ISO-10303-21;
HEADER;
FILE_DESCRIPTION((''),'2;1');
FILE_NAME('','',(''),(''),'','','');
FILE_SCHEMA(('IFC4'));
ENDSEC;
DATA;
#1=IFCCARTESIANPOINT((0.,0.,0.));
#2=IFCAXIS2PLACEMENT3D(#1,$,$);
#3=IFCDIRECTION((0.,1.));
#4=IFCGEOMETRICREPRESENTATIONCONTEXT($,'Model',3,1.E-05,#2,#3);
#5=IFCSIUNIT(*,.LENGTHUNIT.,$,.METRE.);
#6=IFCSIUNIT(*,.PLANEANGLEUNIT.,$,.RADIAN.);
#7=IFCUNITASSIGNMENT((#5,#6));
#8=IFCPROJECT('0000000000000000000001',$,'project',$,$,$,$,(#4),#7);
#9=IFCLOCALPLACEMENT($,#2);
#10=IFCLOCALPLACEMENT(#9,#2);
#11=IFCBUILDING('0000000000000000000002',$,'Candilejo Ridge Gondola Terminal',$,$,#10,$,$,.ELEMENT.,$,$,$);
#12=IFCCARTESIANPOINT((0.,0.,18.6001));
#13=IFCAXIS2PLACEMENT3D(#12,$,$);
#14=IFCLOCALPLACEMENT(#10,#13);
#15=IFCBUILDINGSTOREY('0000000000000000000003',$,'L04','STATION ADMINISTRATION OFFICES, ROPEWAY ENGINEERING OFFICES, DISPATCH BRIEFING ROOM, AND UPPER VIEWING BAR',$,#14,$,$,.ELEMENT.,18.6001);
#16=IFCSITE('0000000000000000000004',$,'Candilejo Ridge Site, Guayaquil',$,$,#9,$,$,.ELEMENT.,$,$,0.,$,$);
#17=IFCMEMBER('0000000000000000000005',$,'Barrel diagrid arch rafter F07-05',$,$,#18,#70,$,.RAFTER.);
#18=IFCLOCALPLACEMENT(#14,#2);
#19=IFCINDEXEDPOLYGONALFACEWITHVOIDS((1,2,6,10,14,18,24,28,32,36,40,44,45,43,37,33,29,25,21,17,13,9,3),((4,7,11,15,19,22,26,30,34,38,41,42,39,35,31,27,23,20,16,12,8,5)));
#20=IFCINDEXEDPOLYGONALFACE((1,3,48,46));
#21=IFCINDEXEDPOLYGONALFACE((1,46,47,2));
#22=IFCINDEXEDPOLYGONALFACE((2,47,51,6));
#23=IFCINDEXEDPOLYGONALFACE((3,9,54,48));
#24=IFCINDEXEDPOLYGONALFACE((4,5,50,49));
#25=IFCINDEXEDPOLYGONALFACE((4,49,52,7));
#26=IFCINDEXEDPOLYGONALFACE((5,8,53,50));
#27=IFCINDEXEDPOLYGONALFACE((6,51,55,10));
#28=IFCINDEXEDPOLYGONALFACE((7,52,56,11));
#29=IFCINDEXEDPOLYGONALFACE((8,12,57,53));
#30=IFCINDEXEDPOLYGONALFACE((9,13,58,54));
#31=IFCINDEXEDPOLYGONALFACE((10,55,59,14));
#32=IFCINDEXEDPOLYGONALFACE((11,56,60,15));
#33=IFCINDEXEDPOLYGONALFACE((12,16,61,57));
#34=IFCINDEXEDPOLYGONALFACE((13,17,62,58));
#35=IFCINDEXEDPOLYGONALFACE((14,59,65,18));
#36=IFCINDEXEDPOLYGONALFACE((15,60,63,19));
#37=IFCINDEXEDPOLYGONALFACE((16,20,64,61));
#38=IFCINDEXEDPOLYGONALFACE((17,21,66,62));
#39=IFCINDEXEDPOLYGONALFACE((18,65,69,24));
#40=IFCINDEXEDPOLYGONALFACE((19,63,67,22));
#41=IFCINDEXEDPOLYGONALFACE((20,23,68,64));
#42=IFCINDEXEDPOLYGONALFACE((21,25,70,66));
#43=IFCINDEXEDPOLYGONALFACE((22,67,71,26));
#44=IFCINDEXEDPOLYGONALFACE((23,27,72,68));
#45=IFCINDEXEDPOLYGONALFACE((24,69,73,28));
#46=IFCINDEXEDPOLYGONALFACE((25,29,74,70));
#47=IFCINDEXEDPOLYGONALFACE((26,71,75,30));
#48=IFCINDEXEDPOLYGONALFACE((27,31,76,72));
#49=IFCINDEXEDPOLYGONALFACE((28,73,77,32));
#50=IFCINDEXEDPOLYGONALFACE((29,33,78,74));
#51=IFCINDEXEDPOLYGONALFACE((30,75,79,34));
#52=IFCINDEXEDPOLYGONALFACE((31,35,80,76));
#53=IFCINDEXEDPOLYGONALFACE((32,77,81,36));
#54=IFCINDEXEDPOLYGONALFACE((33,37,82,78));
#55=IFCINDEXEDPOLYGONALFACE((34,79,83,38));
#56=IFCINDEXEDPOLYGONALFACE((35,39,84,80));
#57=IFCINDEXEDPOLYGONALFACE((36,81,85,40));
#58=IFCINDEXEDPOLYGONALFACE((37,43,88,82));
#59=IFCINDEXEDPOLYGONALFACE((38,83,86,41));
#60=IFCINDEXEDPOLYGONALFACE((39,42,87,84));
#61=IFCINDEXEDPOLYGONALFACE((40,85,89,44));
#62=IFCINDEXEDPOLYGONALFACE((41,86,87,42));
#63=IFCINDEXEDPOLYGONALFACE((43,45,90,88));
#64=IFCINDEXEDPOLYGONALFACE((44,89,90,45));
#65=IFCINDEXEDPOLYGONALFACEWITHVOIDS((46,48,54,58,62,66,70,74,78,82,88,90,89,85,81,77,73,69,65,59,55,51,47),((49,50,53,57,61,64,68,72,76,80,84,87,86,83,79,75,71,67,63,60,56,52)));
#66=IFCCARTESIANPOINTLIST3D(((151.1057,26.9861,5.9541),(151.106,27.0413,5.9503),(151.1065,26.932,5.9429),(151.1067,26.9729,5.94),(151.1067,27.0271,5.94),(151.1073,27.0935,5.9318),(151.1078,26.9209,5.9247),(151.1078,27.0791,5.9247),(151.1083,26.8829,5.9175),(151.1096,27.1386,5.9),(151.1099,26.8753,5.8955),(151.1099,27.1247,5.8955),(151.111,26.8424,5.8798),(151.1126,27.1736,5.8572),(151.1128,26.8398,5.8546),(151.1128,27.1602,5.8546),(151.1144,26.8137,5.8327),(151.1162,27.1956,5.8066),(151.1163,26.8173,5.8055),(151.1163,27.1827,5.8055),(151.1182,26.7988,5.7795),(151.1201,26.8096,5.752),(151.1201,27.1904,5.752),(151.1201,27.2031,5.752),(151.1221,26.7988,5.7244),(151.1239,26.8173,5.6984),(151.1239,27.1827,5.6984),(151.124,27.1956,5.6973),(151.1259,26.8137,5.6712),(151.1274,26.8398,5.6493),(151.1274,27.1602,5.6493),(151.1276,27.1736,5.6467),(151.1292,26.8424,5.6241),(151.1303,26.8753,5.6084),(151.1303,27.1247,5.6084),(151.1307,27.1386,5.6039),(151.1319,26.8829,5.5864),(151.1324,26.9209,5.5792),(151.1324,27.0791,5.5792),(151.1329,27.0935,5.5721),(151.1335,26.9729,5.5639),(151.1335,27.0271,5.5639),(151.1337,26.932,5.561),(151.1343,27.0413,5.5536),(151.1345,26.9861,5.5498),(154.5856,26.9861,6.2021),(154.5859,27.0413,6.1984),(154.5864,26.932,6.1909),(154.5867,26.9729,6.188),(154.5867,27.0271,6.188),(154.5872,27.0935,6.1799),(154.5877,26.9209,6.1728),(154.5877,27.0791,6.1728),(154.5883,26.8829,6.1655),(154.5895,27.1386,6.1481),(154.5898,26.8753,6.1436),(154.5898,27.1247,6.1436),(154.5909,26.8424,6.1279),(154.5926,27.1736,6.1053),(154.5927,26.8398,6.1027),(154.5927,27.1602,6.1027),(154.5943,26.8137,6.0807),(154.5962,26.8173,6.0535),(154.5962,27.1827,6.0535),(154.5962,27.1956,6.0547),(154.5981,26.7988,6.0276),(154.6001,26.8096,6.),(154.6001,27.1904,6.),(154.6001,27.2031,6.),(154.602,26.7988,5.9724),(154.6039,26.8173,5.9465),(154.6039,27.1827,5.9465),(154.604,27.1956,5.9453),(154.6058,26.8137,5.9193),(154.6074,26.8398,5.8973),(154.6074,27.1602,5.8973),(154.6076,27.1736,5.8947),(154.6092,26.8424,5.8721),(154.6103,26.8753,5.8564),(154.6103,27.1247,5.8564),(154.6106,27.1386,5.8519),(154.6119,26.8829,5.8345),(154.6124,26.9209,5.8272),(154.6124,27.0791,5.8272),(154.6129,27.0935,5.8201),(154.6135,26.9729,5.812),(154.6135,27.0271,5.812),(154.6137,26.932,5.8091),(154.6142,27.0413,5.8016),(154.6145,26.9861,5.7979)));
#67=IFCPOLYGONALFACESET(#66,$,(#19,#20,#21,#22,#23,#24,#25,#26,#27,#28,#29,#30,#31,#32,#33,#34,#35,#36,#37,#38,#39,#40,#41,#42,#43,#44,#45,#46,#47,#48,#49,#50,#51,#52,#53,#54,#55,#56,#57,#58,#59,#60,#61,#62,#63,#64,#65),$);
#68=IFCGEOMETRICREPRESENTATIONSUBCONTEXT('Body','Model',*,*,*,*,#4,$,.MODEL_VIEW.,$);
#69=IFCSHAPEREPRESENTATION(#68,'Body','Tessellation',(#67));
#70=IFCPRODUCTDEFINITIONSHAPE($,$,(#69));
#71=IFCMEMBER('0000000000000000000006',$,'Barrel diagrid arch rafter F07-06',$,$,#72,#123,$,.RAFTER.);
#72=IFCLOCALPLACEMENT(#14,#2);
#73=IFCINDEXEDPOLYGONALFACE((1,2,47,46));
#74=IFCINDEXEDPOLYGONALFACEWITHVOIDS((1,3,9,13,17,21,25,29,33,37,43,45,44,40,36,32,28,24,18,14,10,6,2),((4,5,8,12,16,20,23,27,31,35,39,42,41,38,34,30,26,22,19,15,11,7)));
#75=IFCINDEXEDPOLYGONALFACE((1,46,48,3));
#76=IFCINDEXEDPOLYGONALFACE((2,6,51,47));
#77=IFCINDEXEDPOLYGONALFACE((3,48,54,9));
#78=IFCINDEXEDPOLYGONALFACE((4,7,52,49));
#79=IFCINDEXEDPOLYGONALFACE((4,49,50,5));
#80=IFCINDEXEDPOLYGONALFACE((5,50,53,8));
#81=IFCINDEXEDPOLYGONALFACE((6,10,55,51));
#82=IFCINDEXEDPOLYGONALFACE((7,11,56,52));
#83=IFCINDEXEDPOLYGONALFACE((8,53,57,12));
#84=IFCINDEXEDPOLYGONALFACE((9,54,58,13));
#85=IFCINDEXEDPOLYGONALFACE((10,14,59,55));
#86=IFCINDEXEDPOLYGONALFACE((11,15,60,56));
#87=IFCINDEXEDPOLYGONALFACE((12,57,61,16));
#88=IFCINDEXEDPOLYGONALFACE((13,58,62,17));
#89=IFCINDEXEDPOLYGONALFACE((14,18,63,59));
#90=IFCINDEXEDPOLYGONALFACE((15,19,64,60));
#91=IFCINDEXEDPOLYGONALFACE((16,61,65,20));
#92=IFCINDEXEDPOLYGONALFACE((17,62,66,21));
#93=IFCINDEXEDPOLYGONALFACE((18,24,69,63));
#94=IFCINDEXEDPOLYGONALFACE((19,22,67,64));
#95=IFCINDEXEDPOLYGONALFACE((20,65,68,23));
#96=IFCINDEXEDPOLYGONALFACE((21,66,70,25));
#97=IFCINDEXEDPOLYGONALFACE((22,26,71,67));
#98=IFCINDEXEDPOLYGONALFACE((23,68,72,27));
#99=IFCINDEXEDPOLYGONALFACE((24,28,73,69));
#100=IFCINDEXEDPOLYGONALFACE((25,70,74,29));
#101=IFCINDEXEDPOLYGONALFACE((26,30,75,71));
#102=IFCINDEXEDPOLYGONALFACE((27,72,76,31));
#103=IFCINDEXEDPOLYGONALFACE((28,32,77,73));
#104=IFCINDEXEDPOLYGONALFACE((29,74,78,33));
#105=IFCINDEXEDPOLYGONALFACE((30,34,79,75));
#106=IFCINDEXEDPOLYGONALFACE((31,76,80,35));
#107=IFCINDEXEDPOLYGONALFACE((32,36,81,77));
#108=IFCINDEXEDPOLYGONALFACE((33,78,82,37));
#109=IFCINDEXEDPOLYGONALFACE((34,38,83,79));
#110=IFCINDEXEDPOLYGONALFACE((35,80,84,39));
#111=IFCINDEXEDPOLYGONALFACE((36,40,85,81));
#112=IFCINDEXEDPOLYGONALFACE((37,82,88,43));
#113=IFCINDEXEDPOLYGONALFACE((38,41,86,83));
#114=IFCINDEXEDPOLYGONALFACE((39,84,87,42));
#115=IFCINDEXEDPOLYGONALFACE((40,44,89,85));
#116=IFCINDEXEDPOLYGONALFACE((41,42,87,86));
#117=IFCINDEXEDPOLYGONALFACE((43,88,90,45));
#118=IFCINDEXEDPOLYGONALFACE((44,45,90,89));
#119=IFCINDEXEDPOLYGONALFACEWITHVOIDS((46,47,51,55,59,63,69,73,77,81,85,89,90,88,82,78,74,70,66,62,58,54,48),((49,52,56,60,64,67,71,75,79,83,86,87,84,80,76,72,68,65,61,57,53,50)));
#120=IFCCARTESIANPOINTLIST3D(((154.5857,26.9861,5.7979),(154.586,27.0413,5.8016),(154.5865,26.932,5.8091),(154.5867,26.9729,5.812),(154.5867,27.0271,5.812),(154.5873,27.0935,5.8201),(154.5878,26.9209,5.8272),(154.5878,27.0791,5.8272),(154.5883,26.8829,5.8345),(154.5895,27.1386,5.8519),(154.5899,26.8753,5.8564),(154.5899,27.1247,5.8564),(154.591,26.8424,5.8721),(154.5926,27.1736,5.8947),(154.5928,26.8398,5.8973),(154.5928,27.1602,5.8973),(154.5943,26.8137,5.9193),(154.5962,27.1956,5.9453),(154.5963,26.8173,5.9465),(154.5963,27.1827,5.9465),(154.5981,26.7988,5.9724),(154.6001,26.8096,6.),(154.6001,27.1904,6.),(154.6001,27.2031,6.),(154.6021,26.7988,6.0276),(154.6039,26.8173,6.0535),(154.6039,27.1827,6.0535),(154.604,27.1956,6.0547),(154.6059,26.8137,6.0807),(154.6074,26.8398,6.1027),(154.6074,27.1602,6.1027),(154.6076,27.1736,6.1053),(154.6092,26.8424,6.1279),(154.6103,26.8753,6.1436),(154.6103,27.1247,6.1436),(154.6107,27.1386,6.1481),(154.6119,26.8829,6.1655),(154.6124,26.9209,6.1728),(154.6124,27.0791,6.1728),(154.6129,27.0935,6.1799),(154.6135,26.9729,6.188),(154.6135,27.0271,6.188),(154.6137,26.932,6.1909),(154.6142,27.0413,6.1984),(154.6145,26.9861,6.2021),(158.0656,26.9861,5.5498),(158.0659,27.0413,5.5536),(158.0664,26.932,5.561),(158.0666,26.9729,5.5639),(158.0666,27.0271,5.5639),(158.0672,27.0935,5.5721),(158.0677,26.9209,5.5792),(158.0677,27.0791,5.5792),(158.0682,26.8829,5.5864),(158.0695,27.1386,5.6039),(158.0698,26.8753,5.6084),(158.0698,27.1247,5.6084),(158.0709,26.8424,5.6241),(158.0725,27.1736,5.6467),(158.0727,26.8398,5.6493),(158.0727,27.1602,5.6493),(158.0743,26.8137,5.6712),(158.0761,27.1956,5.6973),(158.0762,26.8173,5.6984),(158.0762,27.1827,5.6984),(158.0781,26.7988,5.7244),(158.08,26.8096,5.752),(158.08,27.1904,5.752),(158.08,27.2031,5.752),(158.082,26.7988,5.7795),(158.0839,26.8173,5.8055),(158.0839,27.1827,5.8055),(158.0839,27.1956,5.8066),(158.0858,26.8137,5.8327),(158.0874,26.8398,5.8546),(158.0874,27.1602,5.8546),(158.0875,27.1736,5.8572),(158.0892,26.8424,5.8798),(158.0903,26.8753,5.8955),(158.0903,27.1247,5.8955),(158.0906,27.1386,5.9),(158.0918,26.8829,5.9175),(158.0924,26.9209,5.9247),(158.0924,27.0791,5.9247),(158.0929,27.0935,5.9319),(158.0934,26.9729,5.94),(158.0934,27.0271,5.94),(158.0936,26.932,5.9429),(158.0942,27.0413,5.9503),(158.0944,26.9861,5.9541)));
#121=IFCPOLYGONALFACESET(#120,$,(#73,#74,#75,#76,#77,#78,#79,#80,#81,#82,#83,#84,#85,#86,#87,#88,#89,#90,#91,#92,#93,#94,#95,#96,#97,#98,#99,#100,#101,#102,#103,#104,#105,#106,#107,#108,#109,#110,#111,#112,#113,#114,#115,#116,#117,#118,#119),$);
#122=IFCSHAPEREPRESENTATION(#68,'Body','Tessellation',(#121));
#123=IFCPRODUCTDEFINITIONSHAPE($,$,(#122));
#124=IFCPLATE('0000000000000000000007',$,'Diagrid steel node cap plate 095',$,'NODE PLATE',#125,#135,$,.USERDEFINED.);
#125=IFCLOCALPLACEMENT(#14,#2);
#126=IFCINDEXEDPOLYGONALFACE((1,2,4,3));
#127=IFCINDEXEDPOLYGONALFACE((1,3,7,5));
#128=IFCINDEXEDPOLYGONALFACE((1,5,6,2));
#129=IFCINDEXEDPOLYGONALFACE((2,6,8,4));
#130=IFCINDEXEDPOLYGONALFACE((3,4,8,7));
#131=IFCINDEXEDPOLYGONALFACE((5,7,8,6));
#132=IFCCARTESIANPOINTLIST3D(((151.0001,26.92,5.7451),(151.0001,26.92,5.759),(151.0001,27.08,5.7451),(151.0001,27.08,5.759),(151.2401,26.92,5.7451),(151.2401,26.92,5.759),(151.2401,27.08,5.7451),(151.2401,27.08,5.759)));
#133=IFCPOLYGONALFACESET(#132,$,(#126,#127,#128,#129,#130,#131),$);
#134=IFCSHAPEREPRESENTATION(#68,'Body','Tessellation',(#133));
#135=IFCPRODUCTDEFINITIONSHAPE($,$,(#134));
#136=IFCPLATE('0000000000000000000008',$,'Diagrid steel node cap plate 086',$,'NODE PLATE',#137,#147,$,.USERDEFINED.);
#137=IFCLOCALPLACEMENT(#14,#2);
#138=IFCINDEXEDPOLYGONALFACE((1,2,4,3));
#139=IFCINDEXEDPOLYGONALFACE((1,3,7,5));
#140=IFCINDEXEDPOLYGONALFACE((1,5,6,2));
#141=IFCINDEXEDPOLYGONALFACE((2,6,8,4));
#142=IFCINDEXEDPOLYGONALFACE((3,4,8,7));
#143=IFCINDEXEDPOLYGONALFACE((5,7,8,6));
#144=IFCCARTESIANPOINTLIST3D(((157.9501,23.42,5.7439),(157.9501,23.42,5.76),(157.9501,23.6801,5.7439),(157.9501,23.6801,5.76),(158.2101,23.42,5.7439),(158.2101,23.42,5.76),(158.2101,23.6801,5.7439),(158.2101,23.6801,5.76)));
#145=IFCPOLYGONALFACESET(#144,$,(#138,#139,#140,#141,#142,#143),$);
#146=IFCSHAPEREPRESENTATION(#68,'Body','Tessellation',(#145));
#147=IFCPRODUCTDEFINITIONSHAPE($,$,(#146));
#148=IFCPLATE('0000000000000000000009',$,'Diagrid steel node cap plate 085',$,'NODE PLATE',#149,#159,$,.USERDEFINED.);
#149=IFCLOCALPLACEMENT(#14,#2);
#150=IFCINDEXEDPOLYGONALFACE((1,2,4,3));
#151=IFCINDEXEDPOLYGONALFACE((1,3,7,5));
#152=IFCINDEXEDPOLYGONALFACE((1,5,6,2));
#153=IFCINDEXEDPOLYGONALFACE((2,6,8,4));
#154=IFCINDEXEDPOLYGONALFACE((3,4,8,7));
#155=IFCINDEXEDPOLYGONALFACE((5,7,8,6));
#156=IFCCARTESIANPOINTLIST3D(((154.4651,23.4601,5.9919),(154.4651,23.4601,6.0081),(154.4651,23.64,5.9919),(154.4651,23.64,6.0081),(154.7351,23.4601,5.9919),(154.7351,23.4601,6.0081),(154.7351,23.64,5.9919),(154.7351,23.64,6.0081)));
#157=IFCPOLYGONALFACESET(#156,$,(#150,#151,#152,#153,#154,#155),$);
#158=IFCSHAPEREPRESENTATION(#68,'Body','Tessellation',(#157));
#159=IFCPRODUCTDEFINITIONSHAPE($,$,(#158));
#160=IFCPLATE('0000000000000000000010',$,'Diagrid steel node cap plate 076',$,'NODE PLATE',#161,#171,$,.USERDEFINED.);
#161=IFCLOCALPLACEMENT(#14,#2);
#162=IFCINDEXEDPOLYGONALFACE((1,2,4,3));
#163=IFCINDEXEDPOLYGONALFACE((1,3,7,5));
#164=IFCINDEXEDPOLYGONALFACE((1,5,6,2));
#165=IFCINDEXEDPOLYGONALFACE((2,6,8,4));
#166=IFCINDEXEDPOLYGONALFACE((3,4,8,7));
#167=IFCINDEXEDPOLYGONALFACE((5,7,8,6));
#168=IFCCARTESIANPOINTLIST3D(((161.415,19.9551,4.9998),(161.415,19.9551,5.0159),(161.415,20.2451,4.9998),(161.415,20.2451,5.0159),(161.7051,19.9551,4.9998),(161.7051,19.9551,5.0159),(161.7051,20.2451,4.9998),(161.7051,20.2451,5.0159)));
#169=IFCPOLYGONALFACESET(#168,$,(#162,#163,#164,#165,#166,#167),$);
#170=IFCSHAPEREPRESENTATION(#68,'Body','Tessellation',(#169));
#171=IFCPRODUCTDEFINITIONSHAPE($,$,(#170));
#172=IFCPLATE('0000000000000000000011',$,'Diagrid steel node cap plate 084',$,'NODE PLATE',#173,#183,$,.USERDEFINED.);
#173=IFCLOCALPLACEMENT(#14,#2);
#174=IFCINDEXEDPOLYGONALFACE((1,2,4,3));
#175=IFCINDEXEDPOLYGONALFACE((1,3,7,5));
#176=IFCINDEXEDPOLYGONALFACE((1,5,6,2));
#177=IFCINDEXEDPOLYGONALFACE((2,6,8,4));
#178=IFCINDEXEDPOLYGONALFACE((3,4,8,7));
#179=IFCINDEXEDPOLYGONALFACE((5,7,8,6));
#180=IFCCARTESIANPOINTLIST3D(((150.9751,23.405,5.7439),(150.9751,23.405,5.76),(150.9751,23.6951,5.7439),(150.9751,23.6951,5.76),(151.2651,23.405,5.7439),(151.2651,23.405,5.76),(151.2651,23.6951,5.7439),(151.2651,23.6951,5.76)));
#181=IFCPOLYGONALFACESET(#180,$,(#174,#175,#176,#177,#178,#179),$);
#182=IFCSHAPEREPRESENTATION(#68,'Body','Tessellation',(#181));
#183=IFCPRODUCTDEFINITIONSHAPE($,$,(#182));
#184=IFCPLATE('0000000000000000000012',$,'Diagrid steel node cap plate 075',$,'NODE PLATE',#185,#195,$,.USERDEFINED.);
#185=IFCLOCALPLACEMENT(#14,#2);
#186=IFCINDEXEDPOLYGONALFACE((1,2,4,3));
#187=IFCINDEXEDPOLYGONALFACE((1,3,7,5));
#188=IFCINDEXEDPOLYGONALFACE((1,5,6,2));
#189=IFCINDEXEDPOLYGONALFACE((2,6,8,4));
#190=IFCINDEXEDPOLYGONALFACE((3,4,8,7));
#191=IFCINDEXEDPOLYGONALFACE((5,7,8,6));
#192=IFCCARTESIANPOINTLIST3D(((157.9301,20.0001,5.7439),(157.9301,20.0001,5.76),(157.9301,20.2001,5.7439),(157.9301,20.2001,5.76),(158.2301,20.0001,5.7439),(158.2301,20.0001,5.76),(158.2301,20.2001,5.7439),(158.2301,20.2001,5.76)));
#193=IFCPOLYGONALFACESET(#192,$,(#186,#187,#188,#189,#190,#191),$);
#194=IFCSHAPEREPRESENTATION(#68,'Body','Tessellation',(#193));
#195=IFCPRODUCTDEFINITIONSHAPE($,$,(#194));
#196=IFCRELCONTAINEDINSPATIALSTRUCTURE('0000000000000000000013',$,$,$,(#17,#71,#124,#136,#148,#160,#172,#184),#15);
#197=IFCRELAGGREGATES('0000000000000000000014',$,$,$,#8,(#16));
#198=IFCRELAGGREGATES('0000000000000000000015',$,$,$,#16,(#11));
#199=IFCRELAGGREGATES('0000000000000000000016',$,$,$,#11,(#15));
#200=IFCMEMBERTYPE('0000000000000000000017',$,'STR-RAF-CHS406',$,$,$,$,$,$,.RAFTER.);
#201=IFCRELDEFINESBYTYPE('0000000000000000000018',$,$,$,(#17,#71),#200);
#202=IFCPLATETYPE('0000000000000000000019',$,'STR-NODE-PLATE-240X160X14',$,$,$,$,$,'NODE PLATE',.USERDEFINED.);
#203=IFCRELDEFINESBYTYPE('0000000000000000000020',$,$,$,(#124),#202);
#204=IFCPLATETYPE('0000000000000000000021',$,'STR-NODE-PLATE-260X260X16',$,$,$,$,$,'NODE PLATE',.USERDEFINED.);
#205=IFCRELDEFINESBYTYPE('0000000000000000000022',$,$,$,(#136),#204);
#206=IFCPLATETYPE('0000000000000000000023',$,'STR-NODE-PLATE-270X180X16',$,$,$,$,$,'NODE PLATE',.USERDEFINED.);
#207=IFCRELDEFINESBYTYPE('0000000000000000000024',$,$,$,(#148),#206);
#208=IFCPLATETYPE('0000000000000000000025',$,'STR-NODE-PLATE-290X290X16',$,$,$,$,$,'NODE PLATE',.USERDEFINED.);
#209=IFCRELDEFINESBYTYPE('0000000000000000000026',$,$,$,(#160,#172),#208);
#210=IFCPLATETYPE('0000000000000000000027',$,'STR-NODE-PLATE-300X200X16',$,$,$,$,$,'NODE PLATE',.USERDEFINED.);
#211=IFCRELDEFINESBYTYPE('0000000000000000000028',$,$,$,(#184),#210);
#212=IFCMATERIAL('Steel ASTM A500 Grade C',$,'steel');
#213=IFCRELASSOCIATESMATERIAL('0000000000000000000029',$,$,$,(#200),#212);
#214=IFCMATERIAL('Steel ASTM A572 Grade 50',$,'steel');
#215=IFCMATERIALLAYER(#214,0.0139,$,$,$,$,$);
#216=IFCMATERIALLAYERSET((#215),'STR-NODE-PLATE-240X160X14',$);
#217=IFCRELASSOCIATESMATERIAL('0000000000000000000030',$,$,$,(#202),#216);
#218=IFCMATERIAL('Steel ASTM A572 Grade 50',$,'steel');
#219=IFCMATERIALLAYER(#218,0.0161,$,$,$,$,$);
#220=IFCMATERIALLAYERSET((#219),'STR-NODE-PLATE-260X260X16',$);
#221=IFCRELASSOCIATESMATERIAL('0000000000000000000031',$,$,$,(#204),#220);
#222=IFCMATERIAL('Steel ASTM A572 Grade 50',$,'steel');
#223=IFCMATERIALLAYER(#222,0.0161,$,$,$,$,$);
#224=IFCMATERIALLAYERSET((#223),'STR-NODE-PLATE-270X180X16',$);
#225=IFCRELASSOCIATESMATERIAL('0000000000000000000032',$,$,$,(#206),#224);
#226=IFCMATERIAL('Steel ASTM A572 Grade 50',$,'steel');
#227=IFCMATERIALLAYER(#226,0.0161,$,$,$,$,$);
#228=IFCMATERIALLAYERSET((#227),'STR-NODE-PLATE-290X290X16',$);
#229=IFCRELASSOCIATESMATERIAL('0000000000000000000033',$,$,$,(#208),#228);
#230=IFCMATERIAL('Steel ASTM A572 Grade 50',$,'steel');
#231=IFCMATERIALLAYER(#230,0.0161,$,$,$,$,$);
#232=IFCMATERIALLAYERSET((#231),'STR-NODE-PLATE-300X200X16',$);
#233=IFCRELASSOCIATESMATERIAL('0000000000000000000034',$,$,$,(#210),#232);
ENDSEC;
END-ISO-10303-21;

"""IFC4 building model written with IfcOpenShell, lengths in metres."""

from ifc_helpers import new_model, si_unit, direction, frame, origin, origin_2d, place, context, subcontext, project, spatial, rectangle, hollow_circle, extrude, material, layer, layer_set, material_profile, profile_set, type_object, element, save


model = new_model("IFC4")

# Units and contexts
model_context = context("Model", 3, precision=1e-05, world=origin(), true_north=direction((0.0, 1.0)))
body_context = subcontext(model_context, "Body", "Model", "MODEL_VIEW")
ifc_project = project(units=[si_unit("LENGTHUNIT", "METRE"), si_unit("PLANEANGLEUNIT", "RADIAN")], contexts=[model_context])

# Site, building, storey
site_placement = place(None, origin())
site = spatial("IfcSite", under=ifc_project, at=site_placement, Name="Candilejo Ridge Site, Guayaquil", CompositionType="ELEMENT", RefElevation=0.0)
building_placement = place(site_placement, origin())
building = spatial("IfcBuilding", under=site, at=building_placement, Name="Candilejo Ridge Gondola Terminal", CompositionType="ELEMENT")
storey_placement = place(building_placement, frame((0.0, 0.0, 18.6001)))
storey = spatial("IfcBuildingStorey", under=building, at=storey_placement, Name="L04", Description="STATION ADMINISTRATION OFFICES, ROPEWAY ENGINEERING OFFICES, DISPATCH BRIEFING ROOM, AND UPPER VIEWING BAR", CompositionType="ELEMENT", Elevation=18.6001)

# Members
ifc_material_1 = material(Name="Steel ASTM A500 Grade C", Category="steel")
ifc_material_profile_1 = material_profile(ifc_material_1, hollow_circle(Radius=0.2031, WallThickness=0.0127, at=origin_2d()))
ifc_profile_set_1 = profile_set([ifc_material_profile_1], Name="Steel ASTM A500 Grade C")
member_type_1 = type_object("IfcMemberType", Name="STR-RAF-CHS406", PredefinedType="RAFTER", material=ifc_profile_set_1)
for number, where, z_axis, x_axis, name in (
    (1, (151.1201, 27.0, 5.752), (0.997469, 0.0, 0.071098), (0.0, 1.0, 0.0), "Barrel diagrid arch rafter F07-05"),
    (2, (154.6001, 27.0, 6.0), (0.997469, 0.0, -0.071098), (0.0, 1.0, 0.0), "Barrel diagrid arch rafter F07-06"),
):
    element("IfcMember", number, at=place(storey_placement, frame(where, z_axis=z_axis, x_axis=x_axis)), inside=storey, type_object=member_type_1, Name=name, PredefinedType="RAFTER", context=body_context, shape_type="SweptSolid", body=[
        extrude(hollow_circle(Radius=0.2031, WallThickness=0.0127, at=origin_2d()), origin(), (0.0, 0.0, 1.0), 3.4888),
    ])

# Plates
ifc_material_2 = material(Name="Steel ASTM A572 Grade 50", Category="steel")
ifc_layer_1 = layer(ifc_material_2, 0.0139)
ifc_layer_set_1 = layer_set([ifc_layer_1], Name="STR-NODE-PLATE-240X160X14")
plate_type_1 = type_object("IfcPlateType", Name="STR-NODE-PLATE-240X160X14", ElementType="NODE PLATE", PredefinedType="USERDEFINED", material=ifc_layer_set_1)
plate_1_placement = place(storey_placement, frame((151.1201, 27.0, 5.7451), z_axis=(0.0, 0.0, 1.0), x_axis=(1.0, 0.0, 0.0)))
element("IfcPlate", 3, at=plate_1_placement, inside=storey, type_object=plate_type_1, Name="Diagrid steel node cap plate 095", ObjectType="NODE PLATE", PredefinedType="USERDEFINED", context=body_context, shape_type="SweptSolid", body=[
    extrude(rectangle(XDim=0.24, YDim=0.1599, at=origin_2d()), origin(), (0.0, 0.0, 1.0), 0.0139),
])
ifc_material_3 = material(Name="Steel ASTM A572 Grade 50", Category="steel")
ifc_layer_2 = layer(ifc_material_3, 0.0161)
ifc_layer_set_2 = layer_set([ifc_layer_2], Name="STR-NODE-PLATE-260X260X16")
plate_type_2 = type_object("IfcPlateType", Name="STR-NODE-PLATE-260X260X16", ElementType="NODE PLATE", PredefinedType="USERDEFINED", material=ifc_layer_set_2)
plate_2_placement = place(storey_placement, frame((158.0801, 23.55, 5.7439), z_axis=(0.0, 0.0, 1.0), x_axis=(1.0, 0.0, 0.0)))
element("IfcPlate", 4, at=plate_2_placement, inside=storey, type_object=plate_type_2, Name="Diagrid steel node cap plate 086", ObjectType="NODE PLATE", PredefinedType="USERDEFINED", context=body_context, shape_type="SweptSolid", body=[
    extrude(rectangle(XDim=0.26, YDim=0.26, at=origin_2d()), origin(), (0.0, 0.0, 1.0), 0.0161),
])
ifc_material_4 = material(Name="Steel ASTM A572 Grade 50", Category="steel")
ifc_layer_3 = layer(ifc_material_4, 0.0161)
ifc_layer_set_3 = layer_set([ifc_layer_3], Name="STR-NODE-PLATE-270X180X16")
plate_type_3 = type_object("IfcPlateType", Name="STR-NODE-PLATE-270X180X16", ElementType="NODE PLATE", PredefinedType="USERDEFINED", material=ifc_layer_set_3)
plate_3_placement = place(storey_placement, frame((154.6001, 23.55, 5.9919), z_axis=(0.0, 0.0, 1.0), x_axis=(1.0, 0.0, 0.0)))
element("IfcPlate", 5, at=plate_3_placement, inside=storey, type_object=plate_type_3, Name="Diagrid steel node cap plate 085", ObjectType="NODE PLATE", PredefinedType="USERDEFINED", context=body_context, shape_type="SweptSolid", body=[
    extrude(rectangle(XDim=0.27, YDim=0.1799, at=origin_2d()), origin(), (0.0, 0.0, 1.0), 0.0161),
])
ifc_material_5 = material(Name="Steel ASTM A572 Grade 50", Category="steel")
ifc_layer_4 = layer(ifc_material_5, 0.0161)
ifc_layer_set_4 = layer_set([ifc_layer_4], Name="STR-NODE-PLATE-290X290X16")
plate_type_4 = type_object("IfcPlateType", Name="STR-NODE-PLATE-290X290X16", ElementType="NODE PLATE", PredefinedType="USERDEFINED", material=ifc_layer_set_4)
for number, where, z_axis, x_axis, name in (
    (6, (161.5601, 20.1001, 4.9998), (0.0, 0.0, 1.0), (1.0, 0.0, 0.0), "Diagrid steel node cap plate 076"),
    (7, (151.1201, 23.55, 5.7439), (0.0, 0.0, 1.0), (1.0, 0.0, 0.0), "Diagrid steel node cap plate 084"),
):
    element("IfcPlate", number, at=place(storey_placement, frame(where, z_axis=z_axis, x_axis=x_axis)), inside=storey, type_object=plate_type_4, Name=name, ObjectType="NODE PLATE", PredefinedType="USERDEFINED", context=body_context, shape_type="SweptSolid", body=[
        extrude(rectangle(XDim=0.29, YDim=0.29, at=origin_2d()), origin(), (0.0, 0.0, 1.0), 0.0161),
    ])
ifc_material_6 = material(Name="Steel ASTM A572 Grade 50", Category="steel")
ifc_layer_5 = layer(ifc_material_6, 0.0161)
ifc_layer_set_5 = layer_set([ifc_layer_5], Name="STR-NODE-PLATE-300X200X16")
plate_type_5 = type_object("IfcPlateType", Name="STR-NODE-PLATE-300X200X16", ElementType="NODE PLATE", PredefinedType="USERDEFINED", material=ifc_layer_set_5)
plate_4_placement = place(storey_placement, frame((158.0801, 20.1001, 5.7439), z_axis=(0.0, 0.0, 1.0), x_axis=(1.0, 0.0, 0.0)))
element("IfcPlate", 8, at=plate_4_placement, inside=storey, type_object=plate_type_5, Name="Diagrid steel node cap plate 075", ObjectType="NODE PLATE", PredefinedType="USERDEFINED", context=body_context, shape_type="SweptSolid", body=[
    extrude(rectangle(XDim=0.3, YDim=0.2, at=origin_2d()), origin(), (0.0, 0.0, 1.0), 0.0161),
])

save(model, "model.ifc")
